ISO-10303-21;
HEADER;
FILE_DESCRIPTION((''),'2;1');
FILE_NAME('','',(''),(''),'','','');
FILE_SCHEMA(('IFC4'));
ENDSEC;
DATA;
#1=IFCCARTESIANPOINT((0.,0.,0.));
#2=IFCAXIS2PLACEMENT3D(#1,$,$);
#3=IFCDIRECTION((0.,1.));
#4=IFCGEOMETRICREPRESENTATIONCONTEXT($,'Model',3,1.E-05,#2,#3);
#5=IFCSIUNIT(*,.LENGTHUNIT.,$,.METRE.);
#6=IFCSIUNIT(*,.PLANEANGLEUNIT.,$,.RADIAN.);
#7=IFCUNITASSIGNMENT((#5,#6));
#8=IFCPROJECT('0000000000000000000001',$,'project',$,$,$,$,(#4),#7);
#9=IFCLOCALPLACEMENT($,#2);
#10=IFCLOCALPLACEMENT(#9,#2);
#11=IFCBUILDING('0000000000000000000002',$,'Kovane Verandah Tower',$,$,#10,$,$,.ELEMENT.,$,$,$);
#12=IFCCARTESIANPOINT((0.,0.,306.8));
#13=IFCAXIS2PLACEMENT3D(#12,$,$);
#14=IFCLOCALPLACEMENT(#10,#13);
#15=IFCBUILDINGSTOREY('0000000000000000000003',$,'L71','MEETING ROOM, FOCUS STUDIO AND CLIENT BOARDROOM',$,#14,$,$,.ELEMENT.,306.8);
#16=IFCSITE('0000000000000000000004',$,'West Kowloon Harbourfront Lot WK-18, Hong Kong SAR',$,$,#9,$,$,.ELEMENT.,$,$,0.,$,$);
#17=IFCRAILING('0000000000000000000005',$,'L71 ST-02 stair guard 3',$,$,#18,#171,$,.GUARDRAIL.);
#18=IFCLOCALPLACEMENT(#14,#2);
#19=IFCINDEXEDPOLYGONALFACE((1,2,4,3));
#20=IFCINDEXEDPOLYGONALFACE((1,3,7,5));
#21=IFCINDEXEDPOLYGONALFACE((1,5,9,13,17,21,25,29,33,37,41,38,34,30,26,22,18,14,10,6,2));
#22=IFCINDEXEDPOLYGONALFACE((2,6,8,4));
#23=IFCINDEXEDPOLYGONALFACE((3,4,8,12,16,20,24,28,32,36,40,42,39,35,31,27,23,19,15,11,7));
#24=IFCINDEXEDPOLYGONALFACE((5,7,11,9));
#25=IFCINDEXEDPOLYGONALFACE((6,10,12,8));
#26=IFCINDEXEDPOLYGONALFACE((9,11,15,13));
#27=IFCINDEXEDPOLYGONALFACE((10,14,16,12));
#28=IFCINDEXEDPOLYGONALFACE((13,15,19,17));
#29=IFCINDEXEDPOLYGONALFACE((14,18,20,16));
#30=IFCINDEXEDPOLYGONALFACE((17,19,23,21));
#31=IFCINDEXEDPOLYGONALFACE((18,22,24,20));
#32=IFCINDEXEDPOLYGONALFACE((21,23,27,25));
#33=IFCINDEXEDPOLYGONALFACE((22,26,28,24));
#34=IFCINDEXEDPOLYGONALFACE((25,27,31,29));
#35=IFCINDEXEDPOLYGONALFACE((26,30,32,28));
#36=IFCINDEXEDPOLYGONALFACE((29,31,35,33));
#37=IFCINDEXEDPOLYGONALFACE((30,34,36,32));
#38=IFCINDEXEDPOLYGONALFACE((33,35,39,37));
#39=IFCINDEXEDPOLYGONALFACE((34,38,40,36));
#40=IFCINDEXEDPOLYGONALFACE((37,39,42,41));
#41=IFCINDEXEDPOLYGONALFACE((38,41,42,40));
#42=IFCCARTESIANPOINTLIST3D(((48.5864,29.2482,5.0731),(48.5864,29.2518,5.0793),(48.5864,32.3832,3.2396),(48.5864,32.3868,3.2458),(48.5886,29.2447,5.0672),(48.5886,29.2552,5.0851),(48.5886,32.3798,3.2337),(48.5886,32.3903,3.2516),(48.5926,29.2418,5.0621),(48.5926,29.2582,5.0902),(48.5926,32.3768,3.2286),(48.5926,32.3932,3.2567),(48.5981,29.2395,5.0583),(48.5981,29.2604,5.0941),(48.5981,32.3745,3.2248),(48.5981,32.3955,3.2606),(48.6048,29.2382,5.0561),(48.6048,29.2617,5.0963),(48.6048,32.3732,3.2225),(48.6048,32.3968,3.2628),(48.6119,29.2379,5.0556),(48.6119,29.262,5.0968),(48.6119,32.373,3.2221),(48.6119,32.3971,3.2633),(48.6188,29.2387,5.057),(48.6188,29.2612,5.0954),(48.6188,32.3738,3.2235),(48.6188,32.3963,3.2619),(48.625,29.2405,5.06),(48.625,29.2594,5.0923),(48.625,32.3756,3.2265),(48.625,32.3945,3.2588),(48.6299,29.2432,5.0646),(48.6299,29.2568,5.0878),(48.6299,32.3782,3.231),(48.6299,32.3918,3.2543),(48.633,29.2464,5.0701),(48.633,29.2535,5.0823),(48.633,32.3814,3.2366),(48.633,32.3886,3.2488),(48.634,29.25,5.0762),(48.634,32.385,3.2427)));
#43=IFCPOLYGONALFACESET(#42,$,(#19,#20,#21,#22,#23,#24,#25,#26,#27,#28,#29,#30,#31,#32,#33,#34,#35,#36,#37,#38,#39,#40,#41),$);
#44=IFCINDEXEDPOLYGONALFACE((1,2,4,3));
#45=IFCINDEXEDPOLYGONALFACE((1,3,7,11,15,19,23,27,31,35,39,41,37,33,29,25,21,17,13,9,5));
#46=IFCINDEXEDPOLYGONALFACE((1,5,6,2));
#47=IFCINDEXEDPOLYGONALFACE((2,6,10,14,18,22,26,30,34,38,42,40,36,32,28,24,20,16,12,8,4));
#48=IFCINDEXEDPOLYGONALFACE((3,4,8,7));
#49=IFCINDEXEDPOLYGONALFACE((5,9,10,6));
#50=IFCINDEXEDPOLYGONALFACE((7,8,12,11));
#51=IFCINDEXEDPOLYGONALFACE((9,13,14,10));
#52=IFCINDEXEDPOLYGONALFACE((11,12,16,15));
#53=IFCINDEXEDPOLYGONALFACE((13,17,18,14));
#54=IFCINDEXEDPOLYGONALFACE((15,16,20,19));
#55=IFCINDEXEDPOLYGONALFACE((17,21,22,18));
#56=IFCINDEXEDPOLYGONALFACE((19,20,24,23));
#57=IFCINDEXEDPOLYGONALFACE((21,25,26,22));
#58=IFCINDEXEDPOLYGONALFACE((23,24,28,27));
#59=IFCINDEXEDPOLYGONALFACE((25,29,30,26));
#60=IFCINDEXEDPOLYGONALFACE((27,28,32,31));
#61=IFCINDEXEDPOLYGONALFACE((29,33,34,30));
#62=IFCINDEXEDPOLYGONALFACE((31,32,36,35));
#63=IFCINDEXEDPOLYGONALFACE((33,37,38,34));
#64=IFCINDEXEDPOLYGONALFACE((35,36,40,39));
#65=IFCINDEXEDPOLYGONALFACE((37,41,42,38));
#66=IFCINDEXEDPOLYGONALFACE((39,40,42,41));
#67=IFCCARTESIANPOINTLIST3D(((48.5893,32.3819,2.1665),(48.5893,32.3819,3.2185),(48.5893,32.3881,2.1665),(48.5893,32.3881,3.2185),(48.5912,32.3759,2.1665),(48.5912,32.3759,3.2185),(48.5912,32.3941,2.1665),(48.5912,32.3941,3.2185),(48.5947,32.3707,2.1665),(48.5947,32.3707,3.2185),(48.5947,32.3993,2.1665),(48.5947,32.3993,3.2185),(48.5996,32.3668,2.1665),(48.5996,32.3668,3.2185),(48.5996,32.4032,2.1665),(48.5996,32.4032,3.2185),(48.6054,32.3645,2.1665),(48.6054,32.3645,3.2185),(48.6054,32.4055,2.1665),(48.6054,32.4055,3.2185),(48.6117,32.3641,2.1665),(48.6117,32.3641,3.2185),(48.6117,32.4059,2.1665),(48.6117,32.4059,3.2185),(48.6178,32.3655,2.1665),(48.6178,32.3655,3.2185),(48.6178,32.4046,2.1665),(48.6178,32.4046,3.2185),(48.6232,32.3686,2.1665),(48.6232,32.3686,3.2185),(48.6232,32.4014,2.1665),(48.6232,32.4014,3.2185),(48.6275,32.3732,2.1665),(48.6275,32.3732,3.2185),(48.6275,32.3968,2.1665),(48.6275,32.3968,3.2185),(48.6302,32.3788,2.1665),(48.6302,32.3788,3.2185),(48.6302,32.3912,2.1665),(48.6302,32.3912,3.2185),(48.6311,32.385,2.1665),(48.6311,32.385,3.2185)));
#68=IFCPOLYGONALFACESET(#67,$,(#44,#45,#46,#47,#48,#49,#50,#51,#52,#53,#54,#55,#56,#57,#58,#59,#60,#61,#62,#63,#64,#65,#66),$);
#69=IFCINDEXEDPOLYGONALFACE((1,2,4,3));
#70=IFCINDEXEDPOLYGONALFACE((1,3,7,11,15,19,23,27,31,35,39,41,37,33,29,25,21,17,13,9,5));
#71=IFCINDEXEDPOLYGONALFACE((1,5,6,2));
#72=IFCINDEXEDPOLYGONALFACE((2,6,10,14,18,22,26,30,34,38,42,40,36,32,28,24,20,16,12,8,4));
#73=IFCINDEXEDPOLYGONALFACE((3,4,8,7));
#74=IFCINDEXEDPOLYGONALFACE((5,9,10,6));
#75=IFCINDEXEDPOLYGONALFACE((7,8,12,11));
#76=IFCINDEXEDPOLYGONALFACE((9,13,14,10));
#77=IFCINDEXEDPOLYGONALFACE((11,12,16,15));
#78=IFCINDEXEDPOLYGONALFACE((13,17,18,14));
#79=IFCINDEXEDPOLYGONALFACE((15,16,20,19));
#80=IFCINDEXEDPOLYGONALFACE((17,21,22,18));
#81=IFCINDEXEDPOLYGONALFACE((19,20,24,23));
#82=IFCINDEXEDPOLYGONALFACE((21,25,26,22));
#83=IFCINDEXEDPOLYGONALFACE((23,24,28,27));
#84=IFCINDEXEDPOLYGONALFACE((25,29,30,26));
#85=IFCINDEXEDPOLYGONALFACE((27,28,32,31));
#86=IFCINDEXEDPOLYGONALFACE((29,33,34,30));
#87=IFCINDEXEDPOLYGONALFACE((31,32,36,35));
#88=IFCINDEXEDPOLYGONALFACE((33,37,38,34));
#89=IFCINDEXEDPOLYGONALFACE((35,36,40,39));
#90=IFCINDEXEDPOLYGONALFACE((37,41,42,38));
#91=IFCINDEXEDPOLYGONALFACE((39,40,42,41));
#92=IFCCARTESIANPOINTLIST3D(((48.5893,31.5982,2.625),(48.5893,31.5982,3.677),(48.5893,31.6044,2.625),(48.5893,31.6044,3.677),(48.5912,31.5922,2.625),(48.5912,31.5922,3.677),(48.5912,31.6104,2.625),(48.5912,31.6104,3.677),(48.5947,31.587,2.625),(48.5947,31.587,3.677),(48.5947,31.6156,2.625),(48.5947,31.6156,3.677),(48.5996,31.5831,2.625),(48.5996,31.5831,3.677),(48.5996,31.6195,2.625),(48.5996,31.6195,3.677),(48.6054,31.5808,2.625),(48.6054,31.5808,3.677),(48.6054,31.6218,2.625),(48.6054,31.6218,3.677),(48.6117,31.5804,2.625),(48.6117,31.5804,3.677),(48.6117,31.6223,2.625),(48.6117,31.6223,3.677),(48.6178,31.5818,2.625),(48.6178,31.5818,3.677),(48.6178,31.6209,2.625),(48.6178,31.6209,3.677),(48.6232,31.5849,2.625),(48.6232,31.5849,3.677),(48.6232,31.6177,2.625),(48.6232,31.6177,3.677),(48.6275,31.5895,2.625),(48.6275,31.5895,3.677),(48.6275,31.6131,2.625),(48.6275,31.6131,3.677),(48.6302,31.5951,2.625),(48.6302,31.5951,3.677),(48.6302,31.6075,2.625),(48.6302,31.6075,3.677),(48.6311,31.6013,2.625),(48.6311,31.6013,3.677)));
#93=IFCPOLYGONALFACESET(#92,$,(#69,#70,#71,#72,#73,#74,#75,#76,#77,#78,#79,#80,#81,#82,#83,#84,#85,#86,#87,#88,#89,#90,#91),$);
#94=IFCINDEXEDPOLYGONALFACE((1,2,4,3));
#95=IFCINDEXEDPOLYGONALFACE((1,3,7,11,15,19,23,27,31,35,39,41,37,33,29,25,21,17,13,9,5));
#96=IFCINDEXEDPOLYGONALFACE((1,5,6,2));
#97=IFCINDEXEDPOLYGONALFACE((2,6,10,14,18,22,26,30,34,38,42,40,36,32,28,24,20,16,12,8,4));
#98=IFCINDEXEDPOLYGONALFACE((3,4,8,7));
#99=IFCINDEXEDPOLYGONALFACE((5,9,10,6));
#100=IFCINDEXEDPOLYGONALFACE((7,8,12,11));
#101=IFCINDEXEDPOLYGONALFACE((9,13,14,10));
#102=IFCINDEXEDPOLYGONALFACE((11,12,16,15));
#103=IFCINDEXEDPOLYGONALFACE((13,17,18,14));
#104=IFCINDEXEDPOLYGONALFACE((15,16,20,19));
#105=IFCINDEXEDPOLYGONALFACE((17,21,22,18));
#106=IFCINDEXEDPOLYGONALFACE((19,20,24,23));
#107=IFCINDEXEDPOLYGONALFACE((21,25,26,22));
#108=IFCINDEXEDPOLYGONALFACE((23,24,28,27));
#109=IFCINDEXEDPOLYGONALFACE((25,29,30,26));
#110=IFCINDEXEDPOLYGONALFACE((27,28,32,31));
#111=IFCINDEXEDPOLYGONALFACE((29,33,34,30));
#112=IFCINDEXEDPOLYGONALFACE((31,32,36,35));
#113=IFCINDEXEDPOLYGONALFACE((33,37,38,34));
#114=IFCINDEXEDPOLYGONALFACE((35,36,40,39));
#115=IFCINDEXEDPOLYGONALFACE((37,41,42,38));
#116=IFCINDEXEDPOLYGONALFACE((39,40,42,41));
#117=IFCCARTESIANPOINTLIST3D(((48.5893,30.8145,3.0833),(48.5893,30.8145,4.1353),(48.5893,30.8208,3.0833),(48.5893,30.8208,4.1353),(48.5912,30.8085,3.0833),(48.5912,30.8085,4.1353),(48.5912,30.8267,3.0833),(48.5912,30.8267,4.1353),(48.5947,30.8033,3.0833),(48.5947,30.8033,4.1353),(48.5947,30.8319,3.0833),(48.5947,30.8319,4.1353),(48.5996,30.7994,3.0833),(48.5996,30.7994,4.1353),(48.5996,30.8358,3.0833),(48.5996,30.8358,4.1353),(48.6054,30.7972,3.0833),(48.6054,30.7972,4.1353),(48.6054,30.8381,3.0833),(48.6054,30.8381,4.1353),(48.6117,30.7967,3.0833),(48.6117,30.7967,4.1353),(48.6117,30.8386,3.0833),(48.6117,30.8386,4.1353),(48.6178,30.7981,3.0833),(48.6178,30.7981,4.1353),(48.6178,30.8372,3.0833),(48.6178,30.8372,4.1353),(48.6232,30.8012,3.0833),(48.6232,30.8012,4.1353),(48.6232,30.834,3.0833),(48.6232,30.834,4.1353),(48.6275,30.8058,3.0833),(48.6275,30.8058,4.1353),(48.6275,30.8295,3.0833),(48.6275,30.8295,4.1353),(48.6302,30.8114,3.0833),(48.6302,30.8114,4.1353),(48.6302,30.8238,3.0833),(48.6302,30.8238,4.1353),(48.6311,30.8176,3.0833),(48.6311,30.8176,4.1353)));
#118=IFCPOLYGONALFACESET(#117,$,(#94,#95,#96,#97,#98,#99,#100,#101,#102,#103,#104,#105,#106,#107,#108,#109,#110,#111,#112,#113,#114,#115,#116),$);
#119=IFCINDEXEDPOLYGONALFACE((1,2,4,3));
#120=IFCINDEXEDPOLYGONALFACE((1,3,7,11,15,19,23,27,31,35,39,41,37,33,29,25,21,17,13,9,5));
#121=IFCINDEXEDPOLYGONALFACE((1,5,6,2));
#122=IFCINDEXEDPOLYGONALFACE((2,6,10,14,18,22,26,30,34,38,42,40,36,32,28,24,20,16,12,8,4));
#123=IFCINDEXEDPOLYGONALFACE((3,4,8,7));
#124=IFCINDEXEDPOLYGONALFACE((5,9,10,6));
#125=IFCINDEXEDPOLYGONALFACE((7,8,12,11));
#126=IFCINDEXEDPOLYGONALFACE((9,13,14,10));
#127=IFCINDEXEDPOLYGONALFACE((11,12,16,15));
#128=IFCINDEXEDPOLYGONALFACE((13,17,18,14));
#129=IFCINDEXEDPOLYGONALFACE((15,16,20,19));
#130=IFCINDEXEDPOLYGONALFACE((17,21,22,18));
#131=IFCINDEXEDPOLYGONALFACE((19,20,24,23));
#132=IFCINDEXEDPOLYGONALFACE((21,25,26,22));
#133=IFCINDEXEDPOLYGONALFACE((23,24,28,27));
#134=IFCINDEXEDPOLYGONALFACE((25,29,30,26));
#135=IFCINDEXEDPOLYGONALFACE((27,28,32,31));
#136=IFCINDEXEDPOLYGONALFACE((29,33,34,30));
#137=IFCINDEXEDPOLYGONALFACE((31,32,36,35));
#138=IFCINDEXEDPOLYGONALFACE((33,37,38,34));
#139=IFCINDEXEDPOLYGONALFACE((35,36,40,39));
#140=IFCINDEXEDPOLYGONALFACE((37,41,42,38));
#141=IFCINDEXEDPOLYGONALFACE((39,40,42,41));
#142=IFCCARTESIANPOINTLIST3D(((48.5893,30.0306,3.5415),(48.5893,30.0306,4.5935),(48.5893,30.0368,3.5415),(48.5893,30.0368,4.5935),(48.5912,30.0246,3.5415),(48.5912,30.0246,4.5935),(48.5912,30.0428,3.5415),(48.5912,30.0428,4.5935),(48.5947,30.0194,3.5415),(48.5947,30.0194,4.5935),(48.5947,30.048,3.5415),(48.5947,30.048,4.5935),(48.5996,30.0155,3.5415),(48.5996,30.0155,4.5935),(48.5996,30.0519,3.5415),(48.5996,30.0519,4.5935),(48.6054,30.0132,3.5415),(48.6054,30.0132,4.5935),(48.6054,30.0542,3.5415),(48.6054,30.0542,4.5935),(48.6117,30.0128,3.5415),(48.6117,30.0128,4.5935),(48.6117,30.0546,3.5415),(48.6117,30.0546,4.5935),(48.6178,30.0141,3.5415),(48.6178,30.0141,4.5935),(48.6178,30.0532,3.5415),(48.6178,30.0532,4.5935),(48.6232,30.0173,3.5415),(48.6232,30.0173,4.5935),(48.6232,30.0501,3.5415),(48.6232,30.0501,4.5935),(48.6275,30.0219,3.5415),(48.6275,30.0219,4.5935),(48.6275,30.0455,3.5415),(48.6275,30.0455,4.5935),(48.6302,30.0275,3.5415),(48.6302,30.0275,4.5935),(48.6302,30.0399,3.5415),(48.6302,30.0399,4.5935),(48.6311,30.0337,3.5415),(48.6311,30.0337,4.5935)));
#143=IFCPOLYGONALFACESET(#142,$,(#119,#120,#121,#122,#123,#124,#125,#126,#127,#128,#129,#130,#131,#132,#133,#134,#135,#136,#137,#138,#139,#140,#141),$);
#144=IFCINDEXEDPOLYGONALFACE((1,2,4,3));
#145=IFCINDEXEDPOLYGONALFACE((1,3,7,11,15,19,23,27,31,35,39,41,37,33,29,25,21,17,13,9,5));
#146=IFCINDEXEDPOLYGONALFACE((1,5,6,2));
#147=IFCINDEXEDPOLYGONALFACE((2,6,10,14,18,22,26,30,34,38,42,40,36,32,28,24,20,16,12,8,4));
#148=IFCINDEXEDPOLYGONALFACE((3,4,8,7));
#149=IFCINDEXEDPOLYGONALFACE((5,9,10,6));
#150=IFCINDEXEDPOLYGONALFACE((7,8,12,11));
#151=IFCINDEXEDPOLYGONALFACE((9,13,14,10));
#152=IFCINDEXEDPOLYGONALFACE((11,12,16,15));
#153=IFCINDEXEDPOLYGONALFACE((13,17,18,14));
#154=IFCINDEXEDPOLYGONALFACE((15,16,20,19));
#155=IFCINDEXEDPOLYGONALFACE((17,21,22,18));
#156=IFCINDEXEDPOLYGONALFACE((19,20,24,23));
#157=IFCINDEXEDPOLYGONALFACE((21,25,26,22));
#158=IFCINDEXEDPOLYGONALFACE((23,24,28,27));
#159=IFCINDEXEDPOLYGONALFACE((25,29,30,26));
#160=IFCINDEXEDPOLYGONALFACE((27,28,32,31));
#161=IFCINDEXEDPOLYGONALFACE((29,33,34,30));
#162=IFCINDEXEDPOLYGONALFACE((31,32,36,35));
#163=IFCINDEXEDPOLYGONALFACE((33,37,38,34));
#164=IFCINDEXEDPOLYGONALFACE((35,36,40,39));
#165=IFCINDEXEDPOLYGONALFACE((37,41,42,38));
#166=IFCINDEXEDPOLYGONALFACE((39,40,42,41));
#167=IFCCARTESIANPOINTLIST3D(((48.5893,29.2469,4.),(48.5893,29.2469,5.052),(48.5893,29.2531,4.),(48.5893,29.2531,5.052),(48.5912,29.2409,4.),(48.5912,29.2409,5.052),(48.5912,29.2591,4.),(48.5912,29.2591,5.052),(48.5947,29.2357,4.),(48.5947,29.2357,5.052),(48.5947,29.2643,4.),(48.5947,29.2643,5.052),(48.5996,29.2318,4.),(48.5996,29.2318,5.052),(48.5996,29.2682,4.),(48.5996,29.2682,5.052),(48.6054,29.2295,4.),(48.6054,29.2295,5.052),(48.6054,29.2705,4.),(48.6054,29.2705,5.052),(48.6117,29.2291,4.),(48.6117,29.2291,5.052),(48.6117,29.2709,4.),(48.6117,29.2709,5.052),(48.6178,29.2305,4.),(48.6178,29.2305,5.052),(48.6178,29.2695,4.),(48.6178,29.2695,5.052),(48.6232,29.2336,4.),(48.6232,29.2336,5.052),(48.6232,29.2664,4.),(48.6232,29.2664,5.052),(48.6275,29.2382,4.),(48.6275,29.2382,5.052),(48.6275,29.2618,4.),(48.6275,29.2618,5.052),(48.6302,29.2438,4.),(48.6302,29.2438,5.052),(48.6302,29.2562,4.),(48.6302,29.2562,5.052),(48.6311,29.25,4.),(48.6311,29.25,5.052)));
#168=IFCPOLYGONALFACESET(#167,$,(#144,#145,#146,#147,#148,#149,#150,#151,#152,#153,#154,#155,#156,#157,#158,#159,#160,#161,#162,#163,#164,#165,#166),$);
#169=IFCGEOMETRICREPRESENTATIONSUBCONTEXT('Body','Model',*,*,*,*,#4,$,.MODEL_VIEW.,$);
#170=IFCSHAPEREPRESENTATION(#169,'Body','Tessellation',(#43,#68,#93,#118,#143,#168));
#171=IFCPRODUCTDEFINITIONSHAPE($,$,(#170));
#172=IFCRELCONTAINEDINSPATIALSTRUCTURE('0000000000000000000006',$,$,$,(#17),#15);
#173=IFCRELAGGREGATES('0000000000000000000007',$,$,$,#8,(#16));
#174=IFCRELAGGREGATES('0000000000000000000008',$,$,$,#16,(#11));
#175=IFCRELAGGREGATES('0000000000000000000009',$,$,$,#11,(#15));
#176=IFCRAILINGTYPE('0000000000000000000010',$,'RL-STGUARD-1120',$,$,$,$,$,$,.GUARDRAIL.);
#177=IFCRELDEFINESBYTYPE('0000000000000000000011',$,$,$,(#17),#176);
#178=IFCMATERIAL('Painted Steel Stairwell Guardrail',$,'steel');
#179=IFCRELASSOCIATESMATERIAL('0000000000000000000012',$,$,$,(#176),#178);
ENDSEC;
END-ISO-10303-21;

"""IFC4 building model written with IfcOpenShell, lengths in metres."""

from ifc_helpers import new_model, si_unit, direction, frame, origin, origin_2d, place, context, subcontext, project, spatial, circle, extrude, material, type_object, element, save


model = new_model("IFC4")

# Units and contexts
model_context = context("Model", 3, precision=1e-05, world=origin(), true_north=direction((0.0, 1.0)))
body_context = subcontext(model_context, "Body", "Model", "MODEL_VIEW")
ifc_project = project(units=[si_unit("LENGTHUNIT", "METRE"), si_unit("PLANEANGLEUNIT", "RADIAN")], contexts=[model_context])

# Site, building, storey
site_placement = place(None, origin())
site = spatial("IfcSite", under=ifc_project, at=site_placement, Name="West Kowloon Harbourfront Lot WK-18, Hong Kong SAR", CompositionType="ELEMENT", RefElevation=0.0)
building_placement = place(site_placement, origin())
building = spatial("IfcBuilding", under=site, at=building_placement, Name="Kovane Verandah Tower", CompositionType="ELEMENT")
storey_placement = place(building_placement, frame((0.0, 0.0, 306.8)))
storey = spatial("IfcBuildingStorey", under=building, at=storey_placement, Name="L71", Description="MEETING ROOM, FOCUS STUDIO AND CLIENT BOARDROOM", CompositionType="ELEMENT", Elevation=306.8)

# Railing
ifc_material_1 = material(Name="Painted Steel Stairwell Guardrail", Category="steel")
railing_type_1 = type_object("IfcRailingType", Name="RL-STGUARD-1120", PredefinedType="GUARDRAIL", material=ifc_material_1)
for number, where, name in (
    (1, (48.6101, 32.385, 2.1665), "L71 ST-02 stair guard 3"),
):
    element("IfcRailing", number, at=place(storey_placement, frame(where)), inside=storey, type_object=railing_type_1, Name=name, PredefinedType="GUARDRAIL", context=body_context, shape_type="SweptSolid", body=[
        extrude(circle(Radius=0.0239, at=origin_2d()), frame((0.0, 0.0, 1.0762), z_axis=(0.0, -0.86321, 0.504845), x_axis=(1.0, 0.0, 0.0)), (0.0, 0.0, 1.0), 3.6318),
        extrude(circle(Radius=0.021, at=origin_2d()), origin(), (0.0, 0.0, 1.0), 1.052),
        extrude(circle(Radius=0.021, at=origin_2d()), frame((0.0, -0.7837, 0.4585)), (0.0, 0.0, 1.0), 1.052),
        extrude(circle(Radius=0.021, at=origin_2d()), frame((0.0, -1.5674, 0.9167)), (0.0, 0.0, 1.0), 1.052),
        extrude(circle(Radius=0.021, at=origin_2d()), frame((0.0, -2.3513, 1.375)), (0.0, 0.0, 1.0), 1.052),
        extrude(circle(Radius=0.021, at=origin_2d()), frame((0.0, -3.135, 1.8335)), (0.0, 0.0, 1.0), 1.052),
    ])

save(model, "model.ifc")
